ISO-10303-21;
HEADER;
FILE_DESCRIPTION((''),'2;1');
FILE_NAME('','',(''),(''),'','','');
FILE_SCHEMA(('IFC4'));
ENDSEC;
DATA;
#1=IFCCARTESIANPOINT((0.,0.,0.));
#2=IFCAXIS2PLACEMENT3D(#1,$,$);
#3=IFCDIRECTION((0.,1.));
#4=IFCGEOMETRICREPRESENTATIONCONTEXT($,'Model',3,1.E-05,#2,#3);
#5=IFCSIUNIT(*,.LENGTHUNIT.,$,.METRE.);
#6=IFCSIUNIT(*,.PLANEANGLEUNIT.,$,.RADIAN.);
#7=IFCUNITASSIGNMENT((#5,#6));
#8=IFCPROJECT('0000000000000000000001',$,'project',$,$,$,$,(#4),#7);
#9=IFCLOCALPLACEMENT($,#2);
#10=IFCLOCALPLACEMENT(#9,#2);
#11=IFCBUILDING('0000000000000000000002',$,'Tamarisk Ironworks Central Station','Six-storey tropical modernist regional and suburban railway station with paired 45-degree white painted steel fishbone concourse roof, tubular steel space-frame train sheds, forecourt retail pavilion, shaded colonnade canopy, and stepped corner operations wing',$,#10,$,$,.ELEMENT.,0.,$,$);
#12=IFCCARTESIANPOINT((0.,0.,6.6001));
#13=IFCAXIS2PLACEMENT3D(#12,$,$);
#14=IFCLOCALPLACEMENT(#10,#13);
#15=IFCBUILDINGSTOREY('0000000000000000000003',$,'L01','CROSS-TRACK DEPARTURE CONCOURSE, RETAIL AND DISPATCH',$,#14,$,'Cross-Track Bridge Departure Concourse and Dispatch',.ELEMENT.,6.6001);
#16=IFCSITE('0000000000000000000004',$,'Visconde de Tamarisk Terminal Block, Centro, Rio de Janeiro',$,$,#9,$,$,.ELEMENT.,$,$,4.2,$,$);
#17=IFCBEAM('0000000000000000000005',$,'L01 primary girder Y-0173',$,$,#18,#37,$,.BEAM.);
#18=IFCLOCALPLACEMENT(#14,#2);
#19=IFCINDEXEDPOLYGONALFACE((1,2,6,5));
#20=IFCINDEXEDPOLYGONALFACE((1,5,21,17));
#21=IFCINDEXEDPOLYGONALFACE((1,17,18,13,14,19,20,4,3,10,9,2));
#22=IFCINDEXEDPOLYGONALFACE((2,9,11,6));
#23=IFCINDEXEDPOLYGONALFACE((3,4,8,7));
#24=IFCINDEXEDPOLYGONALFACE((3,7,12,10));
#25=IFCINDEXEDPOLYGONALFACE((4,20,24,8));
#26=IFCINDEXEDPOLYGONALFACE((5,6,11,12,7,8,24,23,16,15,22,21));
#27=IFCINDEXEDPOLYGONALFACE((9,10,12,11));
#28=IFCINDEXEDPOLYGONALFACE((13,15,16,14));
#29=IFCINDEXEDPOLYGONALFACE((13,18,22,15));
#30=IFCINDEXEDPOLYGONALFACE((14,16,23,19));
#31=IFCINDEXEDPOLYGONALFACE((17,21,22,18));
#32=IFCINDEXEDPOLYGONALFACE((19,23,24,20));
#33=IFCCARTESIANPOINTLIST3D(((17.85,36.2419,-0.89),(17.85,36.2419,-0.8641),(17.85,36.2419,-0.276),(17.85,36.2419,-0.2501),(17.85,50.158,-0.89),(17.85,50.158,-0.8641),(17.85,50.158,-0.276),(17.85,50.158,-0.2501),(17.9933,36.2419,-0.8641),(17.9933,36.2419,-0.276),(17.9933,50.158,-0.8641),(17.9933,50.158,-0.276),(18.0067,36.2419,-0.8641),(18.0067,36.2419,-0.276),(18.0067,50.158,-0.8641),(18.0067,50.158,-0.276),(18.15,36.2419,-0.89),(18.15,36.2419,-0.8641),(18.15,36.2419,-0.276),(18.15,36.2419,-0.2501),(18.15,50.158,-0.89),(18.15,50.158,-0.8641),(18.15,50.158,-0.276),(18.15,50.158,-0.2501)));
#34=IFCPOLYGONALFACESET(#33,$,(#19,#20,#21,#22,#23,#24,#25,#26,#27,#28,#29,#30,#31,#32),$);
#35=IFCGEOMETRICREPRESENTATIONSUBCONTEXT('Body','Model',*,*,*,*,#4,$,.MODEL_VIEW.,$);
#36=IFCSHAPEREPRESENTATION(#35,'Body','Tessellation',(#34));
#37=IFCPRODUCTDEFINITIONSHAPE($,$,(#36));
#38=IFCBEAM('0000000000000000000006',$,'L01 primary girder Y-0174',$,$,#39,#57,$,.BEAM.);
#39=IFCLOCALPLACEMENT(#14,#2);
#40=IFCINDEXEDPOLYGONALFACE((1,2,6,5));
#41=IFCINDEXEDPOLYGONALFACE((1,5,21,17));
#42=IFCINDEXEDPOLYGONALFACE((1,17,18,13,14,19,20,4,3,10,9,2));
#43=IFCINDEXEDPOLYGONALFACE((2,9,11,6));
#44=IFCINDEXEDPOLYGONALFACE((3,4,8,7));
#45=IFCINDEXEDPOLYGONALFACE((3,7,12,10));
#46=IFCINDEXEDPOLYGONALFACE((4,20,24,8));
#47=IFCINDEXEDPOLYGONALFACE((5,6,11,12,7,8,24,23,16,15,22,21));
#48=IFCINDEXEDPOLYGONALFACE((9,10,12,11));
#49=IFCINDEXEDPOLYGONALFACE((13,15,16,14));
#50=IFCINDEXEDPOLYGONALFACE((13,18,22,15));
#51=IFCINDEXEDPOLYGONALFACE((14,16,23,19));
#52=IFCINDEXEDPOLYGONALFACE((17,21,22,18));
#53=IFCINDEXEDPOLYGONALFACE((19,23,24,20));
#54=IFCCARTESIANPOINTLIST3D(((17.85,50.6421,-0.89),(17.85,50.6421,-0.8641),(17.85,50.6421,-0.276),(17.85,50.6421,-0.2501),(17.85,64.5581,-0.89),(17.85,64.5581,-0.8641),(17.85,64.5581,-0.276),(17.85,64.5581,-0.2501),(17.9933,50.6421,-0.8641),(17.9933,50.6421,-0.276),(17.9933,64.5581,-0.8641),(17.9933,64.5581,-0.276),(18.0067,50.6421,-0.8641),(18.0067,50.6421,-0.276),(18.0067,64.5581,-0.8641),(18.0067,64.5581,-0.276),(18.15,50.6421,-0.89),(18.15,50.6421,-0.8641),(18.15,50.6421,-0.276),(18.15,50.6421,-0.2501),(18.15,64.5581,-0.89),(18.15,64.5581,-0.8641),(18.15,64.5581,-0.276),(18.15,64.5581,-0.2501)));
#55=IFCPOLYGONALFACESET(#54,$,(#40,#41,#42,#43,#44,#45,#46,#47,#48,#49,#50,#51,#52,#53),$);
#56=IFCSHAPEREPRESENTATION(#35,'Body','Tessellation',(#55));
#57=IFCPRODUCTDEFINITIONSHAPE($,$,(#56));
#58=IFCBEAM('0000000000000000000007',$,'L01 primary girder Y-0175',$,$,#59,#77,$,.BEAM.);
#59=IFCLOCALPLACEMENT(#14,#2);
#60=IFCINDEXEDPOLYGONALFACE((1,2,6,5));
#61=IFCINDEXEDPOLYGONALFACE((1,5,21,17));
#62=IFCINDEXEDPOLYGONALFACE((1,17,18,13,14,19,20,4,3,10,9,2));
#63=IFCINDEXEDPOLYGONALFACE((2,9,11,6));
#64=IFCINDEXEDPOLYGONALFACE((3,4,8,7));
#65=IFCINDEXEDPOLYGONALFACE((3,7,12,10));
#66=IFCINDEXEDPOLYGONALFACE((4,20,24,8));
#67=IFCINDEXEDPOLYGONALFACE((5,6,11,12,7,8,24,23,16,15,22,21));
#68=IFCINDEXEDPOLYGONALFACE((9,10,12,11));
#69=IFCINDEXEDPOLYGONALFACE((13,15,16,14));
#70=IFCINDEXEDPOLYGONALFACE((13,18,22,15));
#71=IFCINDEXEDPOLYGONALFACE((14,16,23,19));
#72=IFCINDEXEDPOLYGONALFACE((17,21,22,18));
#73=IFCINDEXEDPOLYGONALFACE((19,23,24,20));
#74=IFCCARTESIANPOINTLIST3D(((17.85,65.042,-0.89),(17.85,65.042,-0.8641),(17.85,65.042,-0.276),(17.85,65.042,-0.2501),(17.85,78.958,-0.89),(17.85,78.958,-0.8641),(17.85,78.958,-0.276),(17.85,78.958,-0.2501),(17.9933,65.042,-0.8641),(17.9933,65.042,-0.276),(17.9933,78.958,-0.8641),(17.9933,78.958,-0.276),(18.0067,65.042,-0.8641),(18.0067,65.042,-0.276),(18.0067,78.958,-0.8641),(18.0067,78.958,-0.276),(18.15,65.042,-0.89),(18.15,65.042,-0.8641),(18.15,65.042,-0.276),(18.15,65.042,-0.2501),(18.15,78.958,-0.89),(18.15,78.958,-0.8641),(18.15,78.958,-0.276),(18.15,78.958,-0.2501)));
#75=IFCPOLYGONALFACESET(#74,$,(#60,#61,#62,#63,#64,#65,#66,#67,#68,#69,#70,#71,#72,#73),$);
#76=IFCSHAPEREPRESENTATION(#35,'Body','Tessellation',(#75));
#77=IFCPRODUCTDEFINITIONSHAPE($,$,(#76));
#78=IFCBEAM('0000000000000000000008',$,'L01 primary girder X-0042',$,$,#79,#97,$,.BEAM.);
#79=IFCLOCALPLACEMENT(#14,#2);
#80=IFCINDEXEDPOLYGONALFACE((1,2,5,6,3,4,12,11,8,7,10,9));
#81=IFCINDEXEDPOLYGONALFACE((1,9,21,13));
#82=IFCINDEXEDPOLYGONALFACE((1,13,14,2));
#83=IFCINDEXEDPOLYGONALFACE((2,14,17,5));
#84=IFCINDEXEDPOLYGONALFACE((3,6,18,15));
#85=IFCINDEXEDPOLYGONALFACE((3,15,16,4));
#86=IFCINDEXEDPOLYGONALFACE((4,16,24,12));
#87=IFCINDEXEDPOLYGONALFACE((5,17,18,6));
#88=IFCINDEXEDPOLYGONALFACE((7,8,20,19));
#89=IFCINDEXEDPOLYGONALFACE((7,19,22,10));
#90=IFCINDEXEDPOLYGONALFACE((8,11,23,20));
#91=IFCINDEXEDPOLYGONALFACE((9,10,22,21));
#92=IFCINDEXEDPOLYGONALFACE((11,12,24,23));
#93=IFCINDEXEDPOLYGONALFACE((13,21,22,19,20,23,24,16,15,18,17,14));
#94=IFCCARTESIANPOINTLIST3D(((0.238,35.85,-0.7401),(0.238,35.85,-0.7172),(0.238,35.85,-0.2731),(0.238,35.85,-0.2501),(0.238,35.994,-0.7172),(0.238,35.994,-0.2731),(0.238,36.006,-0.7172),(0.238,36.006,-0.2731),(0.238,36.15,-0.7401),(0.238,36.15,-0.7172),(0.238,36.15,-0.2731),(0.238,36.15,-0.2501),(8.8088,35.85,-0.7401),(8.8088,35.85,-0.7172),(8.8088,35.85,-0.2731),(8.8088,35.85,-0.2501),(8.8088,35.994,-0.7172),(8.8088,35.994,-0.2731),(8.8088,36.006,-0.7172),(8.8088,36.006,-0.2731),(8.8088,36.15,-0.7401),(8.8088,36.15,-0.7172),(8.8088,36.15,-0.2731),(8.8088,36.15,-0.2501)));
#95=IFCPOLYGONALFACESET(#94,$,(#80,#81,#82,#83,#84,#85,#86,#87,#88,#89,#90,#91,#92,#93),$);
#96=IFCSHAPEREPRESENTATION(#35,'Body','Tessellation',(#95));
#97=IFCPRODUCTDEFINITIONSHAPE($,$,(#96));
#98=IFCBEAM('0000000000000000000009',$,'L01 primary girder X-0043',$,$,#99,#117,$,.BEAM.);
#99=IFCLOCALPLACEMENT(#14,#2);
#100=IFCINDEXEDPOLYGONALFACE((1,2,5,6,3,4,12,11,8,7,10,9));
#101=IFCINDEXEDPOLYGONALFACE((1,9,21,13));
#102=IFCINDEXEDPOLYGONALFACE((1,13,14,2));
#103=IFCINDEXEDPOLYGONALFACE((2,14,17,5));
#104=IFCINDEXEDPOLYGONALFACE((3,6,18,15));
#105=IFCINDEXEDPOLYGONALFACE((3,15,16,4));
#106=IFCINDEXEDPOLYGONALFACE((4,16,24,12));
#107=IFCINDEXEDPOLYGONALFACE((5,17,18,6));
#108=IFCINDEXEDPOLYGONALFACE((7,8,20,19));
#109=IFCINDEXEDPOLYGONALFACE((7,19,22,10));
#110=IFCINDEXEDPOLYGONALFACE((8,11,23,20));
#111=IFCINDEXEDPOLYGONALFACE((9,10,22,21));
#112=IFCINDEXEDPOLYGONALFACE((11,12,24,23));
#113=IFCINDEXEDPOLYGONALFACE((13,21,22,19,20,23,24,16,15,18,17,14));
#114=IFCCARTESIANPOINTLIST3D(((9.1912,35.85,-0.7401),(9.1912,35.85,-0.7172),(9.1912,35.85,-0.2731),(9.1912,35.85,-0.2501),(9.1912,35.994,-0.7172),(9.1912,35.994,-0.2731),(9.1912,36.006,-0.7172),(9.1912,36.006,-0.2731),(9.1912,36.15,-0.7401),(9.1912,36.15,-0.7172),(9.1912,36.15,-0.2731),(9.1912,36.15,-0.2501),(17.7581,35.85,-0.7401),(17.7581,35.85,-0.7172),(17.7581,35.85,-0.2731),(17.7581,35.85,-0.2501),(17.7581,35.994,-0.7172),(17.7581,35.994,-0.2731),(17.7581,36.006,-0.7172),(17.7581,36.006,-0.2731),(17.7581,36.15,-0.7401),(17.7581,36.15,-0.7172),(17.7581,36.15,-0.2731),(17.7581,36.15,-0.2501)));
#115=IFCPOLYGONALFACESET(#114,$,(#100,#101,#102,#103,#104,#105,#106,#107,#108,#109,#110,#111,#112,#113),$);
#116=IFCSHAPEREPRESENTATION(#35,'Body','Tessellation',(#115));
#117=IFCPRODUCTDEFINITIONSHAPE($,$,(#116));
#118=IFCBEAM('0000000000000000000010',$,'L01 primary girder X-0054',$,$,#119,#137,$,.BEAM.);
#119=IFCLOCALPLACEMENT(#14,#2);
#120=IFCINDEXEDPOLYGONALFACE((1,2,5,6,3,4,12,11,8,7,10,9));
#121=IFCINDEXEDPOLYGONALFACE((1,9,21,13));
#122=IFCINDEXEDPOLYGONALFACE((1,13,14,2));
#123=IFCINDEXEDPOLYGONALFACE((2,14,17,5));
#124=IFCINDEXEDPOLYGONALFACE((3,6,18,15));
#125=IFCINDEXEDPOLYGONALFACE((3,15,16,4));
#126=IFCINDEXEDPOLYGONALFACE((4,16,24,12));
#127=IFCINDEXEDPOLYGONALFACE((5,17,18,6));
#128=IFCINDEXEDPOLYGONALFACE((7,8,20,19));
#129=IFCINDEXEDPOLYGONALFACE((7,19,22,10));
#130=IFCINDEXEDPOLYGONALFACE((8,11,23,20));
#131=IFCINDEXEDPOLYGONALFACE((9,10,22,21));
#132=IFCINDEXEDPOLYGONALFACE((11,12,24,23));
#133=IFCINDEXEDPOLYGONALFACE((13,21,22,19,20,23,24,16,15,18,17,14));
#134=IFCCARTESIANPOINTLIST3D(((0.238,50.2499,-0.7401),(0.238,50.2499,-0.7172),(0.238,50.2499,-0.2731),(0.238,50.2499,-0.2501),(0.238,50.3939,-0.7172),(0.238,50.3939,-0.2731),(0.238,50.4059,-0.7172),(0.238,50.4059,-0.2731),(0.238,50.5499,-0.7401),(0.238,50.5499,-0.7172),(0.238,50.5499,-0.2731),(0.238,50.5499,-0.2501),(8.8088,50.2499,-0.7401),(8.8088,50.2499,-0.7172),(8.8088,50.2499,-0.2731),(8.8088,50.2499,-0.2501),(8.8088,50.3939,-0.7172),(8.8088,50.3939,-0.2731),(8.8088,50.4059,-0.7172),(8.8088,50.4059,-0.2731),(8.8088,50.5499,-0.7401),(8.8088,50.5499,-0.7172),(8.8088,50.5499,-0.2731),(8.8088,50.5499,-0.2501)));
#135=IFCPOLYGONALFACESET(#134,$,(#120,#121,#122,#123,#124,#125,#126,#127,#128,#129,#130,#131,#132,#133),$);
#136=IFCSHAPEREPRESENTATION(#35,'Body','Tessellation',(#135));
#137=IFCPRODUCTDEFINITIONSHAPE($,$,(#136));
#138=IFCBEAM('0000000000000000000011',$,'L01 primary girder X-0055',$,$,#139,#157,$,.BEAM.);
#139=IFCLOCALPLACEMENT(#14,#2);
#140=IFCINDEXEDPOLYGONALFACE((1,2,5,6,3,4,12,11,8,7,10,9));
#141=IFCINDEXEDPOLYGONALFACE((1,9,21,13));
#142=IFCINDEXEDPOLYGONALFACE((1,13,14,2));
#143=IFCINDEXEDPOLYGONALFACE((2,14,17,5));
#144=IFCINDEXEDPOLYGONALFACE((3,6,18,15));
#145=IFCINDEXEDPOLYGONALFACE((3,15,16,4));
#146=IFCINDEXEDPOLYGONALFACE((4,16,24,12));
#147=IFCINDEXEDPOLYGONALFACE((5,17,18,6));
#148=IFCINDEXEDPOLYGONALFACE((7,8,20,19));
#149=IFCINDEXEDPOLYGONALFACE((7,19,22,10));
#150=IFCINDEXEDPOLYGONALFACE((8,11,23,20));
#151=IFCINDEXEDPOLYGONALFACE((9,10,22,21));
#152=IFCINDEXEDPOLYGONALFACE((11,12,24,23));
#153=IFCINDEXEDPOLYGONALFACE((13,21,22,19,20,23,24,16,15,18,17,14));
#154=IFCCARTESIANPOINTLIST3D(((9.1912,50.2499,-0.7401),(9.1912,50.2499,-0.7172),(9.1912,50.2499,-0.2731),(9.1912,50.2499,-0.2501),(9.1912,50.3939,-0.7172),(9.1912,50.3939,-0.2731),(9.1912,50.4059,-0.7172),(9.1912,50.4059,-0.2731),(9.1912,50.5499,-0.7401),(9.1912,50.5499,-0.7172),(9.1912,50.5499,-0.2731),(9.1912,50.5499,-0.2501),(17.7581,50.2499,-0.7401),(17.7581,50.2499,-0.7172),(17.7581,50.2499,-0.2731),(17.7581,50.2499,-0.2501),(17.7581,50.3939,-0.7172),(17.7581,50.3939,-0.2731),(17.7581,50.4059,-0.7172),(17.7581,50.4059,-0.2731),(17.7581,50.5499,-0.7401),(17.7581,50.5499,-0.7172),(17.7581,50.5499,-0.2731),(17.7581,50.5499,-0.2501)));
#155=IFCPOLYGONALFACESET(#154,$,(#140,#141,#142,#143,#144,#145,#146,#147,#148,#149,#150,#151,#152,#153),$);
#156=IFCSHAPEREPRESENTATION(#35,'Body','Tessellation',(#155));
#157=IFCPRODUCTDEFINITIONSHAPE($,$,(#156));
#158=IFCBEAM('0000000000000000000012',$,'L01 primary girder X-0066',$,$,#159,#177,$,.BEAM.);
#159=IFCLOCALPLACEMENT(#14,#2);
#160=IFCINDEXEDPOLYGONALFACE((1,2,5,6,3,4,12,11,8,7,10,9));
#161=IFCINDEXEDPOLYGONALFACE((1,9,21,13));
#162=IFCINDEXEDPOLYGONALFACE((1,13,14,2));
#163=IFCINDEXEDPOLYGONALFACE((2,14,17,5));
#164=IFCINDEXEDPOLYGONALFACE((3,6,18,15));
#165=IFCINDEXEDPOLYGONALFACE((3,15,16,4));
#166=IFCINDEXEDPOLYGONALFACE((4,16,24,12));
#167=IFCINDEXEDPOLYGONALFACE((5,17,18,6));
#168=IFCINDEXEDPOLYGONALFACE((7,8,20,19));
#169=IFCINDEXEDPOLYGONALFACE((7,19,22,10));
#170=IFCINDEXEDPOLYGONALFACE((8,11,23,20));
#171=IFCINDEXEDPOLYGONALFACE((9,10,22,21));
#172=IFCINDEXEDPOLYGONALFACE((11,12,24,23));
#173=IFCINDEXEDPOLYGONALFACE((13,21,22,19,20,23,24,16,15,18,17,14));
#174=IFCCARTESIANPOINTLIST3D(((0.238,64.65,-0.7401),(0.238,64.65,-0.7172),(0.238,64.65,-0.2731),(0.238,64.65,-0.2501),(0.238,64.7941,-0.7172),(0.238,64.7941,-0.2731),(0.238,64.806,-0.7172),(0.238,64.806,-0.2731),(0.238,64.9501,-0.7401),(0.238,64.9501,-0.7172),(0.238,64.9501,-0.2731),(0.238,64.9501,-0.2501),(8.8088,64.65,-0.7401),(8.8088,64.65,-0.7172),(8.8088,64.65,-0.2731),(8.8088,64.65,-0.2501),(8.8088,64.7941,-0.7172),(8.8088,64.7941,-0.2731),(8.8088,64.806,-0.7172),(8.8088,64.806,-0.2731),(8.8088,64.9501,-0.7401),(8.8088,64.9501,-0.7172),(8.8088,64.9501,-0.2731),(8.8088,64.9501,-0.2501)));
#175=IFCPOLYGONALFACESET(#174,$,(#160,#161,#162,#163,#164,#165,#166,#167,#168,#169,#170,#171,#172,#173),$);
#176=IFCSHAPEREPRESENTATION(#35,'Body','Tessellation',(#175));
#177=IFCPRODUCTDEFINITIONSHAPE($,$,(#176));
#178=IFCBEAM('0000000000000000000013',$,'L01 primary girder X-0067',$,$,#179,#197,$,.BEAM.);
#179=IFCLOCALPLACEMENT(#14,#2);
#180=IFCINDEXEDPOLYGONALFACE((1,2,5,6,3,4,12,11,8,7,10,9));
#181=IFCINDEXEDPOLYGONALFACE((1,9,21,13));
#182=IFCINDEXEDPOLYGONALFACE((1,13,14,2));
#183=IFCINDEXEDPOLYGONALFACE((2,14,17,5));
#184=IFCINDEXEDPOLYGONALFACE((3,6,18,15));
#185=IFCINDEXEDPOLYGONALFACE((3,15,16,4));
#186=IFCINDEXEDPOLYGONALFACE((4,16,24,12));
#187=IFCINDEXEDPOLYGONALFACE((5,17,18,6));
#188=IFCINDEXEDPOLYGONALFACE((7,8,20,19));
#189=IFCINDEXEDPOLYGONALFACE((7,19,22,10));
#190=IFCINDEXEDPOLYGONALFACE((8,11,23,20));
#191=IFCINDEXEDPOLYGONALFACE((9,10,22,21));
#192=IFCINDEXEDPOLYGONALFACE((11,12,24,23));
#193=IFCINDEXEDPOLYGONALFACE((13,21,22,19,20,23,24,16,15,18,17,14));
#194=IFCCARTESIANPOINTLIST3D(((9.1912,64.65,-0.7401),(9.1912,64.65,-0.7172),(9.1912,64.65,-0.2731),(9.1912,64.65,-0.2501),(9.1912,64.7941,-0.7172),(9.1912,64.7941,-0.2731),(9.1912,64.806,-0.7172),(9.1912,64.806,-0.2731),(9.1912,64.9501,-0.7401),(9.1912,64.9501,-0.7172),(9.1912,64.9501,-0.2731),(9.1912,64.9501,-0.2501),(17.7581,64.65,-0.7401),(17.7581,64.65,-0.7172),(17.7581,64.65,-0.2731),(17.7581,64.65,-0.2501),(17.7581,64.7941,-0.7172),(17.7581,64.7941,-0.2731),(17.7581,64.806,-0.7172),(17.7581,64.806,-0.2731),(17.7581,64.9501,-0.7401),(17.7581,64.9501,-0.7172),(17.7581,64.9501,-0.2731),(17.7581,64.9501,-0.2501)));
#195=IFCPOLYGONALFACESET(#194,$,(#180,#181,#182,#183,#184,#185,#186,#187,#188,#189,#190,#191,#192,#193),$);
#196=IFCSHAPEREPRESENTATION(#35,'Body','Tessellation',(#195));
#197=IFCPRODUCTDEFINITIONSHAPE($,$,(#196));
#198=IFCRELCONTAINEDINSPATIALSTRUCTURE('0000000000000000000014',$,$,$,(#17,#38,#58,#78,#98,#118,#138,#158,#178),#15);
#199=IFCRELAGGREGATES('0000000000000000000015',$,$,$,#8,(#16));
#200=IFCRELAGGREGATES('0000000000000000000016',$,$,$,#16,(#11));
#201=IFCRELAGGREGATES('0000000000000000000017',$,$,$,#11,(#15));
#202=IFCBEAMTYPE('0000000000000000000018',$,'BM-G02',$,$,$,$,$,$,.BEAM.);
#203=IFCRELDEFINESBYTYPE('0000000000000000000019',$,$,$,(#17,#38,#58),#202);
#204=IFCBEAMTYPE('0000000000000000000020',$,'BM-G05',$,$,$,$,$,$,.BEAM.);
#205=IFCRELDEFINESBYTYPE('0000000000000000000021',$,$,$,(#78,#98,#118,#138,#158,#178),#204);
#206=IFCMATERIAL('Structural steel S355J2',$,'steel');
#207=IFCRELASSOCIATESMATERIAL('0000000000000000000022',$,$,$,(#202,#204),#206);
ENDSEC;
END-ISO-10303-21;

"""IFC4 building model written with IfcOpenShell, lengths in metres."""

from ifc_helpers import new_model, si_unit, direction, frame, origin, origin_2d, place, context, subcontext, project, spatial, i_section, extrude, material, material_profile, profile_set, type_object, element, save


model = new_model("IFC4")

# Units and contexts
model_context = context("Model", 3, precision=1e-05, world=origin(), true_north=direction((0.0, 1.0)))
body_context = subcontext(model_context, "Body", "Model", "MODEL_VIEW")
ifc_project = project(units=[si_unit("LENGTHUNIT", "METRE"), si_unit("PLANEANGLEUNIT", "RADIAN")], contexts=[model_context])

# Site, building, storey
site_placement = place(None, origin())
site = spatial("IfcSite", under=ifc_project, at=site_placement, Name="Visconde de Tamarisk Terminal Block, Centro, Rio de Janeiro", CompositionType="ELEMENT", RefElevation=4.2)
building_placement = place(site_placement, origin())
building = spatial("IfcBuilding", under=site, at=building_placement, Name="Tamarisk Ironworks Central Station", Description="Six-storey tropical modernist regional and suburban railway station with paired 45-degree white painted steel fishbone concourse roof, tubular steel space-frame train sheds, forecourt retail pavilion, shaded colonnade canopy, and stepped corner operations wing", CompositionType="ELEMENT", ElevationOfRefHeight=0.0)
storey_placement = place(building_placement, frame((0.0, 0.0, 6.6001)))
storey = spatial("IfcBuildingStorey", under=building, at=storey_placement, Name="L01", Description="CROSS-TRACK DEPARTURE CONCOURSE, RETAIL AND DISPATCH", LongName="Cross-Track Bridge Departure Concourse and Dispatch", CompositionType="ELEMENT", Elevation=6.6001)

# Beams
ifc_material_1 = material(Name="Structural steel S355J2", Category="steel")
ifc_material_profile_1 = material_profile(ifc_material_1, i_section(OverallWidth=0.3, OverallDepth=0.6399, WebThickness=0.0134, FlangeThickness=0.0259, at=origin_2d()), Name="HEA 650")
ifc_profile_set_1 = profile_set([ifc_material_profile_1], Name="Structural steel S355J2")
beam_type_1 = type_object("IfcBeamType", Name="BM-G02", PredefinedType="BEAM", material=ifc_profile_set_1)
for number, where, z_axis, x_axis, name in (
    (1, (18.0, 36.2419, -0.5701), (0.0, 1.0, 0.0), (-1.0, 0.0, 0.0), "L01 primary girder Y-0173"),
    (2, (18.0, 50.6421, -0.5701), (0.0, 1.0, 0.0), (-1.0, 0.0, 0.0), "L01 primary girder Y-0174"),
    (3, (18.0, 65.042, -0.5701), (0.0, 1.0, 0.0), (-1.0, 0.0, 0.0), "L01 primary girder Y-0175"),
):
    element("IfcBeam", number, at=place(storey_placement, frame(where, z_axis=z_axis, x_axis=x_axis)), inside=storey, type_object=beam_type_1, Name=name, PredefinedType="BEAM", context=body_context, shape_type="SweptSolid", body=[
        extrude(i_section(OverallWidth=0.3, OverallDepth=0.6399, WebThickness=0.0134, FlangeThickness=0.0259, at=origin_2d()), origin(), (0.0, 0.0, 1.0), 13.916),
    ])
ifc_material_profile_2 = material_profile(ifc_material_1, i_section(OverallWidth=0.3, OverallDepth=0.49, WebThickness=0.012, FlangeThickness=0.0229, at=origin_2d()), Name="HEA 500")
ifc_profile_set_2 = profile_set([ifc_material_profile_2], Name="Structural steel S355J2")
beam_type_2 = type_object("IfcBeamType", Name="BM-G05", PredefinedType="BEAM", material=ifc_profile_set_2)
beam_1_placement = place(storey_placement, frame((0.238, 36.0, -0.4951), z_axis=(1.0, 0.0, 0.0), x_axis=(0.0, 1.0, 0.0)))
element("IfcBeam", 4, at=beam_1_placement, inside=storey, type_object=beam_type_2, Name="L01 primary girder X-0042", PredefinedType="BEAM", context=body_context, shape_type="SweptSolid", body=[
    extrude(i_section(OverallWidth=0.3, OverallDepth=0.49, WebThickness=0.012, FlangeThickness=0.0229, at=origin_2d()), origin(), (0.0, 0.0, 1.0), 8.5708),
])
beam_2_placement = place(storey_placement, frame((9.1912, 36.0, -0.4951), z_axis=(1.0, 0.0, 0.0), x_axis=(0.0, 1.0, 0.0)))
element("IfcBeam", 5, at=beam_2_placement, inside=storey, type_object=beam_type_2, Name="L01 primary girder X-0043", PredefinedType="BEAM", context=body_context, shape_type="SweptSolid", body=[
    extrude(i_section(OverallWidth=0.3, OverallDepth=0.49, WebThickness=0.012, FlangeThickness=0.0229, at=origin_2d()), origin(), (0.0, 0.0, 1.0), 8.5669),
])
beam_3_placement = place(storey_placement, frame((0.238, 50.3999, -0.4951), z_axis=(1.0, 0.0, 0.0), x_axis=(0.0, 1.0, 0.0)))
element("IfcBeam", 6, at=beam_3_placement, inside=storey, type_object=beam_type_2, Name="L01 primary girder X-0054", PredefinedType="BEAM", context=body_context, shape_type="SweptSolid", body=[
    extrude(i_section(OverallWidth=0.3, OverallDepth=0.49, WebThickness=0.012, FlangeThickness=0.0229, at=origin_2d()), origin(), (0.0, 0.0, 1.0), 8.5708),
])
beam_4_placement = place(storey_placement, frame((9.1912, 50.3999, -0.4951), z_axis=(1.0, 0.0, 0.0), x_axis=(0.0, 1.0, 0.0)))
element("IfcBeam", 7, at=beam_4_placement, inside=storey, type_object=beam_type_2, Name="L01 primary girder X-0055", PredefinedType="BEAM", context=body_context, shape_type="SweptSolid", body=[
    extrude(i_section(OverallWidth=0.3, OverallDepth=0.49, WebThickness=0.012, FlangeThickness=0.0229, at=origin_2d()), origin(), (0.0, 0.0, 1.0), 8.5669),
])
beam_5_placement = place(storey_placement, frame((0.238, 64.8, -0.4951), z_axis=(1.0, 0.0, 0.0), x_axis=(0.0, 1.0, 0.0)))
element("IfcBeam", 8, at=beam_5_placement, inside=storey, type_object=beam_type_2, Name="L01 primary girder X-0066", PredefinedType="BEAM", context=body_context, shape_type="SweptSolid", body=[
    extrude(i_section(OverallWidth=0.3, OverallDepth=0.49, WebThickness=0.012, FlangeThickness=0.0229, at=origin_2d()), origin(), (0.0, 0.0, 1.0), 8.5708),
])
beam_6_placement = place(storey_placement, frame((9.1912, 64.8, -0.4951), z_axis=(1.0, 0.0, 0.0), x_axis=(0.0, 1.0, 0.0)))
element("IfcBeam", 9, at=beam_6_placement, inside=storey, type_object=beam_type_2, Name="L01 primary girder X-0067", PredefinedType="BEAM", context=body_context, shape_type="SweptSolid", body=[
    extrude(i_section(OverallWidth=0.3, OverallDepth=0.49, WebThickness=0.012, FlangeThickness=0.0229, at=origin_2d()), origin(), (0.0, 0.0, 1.0), 8.5669),
])

save(model, "model.ifc")
